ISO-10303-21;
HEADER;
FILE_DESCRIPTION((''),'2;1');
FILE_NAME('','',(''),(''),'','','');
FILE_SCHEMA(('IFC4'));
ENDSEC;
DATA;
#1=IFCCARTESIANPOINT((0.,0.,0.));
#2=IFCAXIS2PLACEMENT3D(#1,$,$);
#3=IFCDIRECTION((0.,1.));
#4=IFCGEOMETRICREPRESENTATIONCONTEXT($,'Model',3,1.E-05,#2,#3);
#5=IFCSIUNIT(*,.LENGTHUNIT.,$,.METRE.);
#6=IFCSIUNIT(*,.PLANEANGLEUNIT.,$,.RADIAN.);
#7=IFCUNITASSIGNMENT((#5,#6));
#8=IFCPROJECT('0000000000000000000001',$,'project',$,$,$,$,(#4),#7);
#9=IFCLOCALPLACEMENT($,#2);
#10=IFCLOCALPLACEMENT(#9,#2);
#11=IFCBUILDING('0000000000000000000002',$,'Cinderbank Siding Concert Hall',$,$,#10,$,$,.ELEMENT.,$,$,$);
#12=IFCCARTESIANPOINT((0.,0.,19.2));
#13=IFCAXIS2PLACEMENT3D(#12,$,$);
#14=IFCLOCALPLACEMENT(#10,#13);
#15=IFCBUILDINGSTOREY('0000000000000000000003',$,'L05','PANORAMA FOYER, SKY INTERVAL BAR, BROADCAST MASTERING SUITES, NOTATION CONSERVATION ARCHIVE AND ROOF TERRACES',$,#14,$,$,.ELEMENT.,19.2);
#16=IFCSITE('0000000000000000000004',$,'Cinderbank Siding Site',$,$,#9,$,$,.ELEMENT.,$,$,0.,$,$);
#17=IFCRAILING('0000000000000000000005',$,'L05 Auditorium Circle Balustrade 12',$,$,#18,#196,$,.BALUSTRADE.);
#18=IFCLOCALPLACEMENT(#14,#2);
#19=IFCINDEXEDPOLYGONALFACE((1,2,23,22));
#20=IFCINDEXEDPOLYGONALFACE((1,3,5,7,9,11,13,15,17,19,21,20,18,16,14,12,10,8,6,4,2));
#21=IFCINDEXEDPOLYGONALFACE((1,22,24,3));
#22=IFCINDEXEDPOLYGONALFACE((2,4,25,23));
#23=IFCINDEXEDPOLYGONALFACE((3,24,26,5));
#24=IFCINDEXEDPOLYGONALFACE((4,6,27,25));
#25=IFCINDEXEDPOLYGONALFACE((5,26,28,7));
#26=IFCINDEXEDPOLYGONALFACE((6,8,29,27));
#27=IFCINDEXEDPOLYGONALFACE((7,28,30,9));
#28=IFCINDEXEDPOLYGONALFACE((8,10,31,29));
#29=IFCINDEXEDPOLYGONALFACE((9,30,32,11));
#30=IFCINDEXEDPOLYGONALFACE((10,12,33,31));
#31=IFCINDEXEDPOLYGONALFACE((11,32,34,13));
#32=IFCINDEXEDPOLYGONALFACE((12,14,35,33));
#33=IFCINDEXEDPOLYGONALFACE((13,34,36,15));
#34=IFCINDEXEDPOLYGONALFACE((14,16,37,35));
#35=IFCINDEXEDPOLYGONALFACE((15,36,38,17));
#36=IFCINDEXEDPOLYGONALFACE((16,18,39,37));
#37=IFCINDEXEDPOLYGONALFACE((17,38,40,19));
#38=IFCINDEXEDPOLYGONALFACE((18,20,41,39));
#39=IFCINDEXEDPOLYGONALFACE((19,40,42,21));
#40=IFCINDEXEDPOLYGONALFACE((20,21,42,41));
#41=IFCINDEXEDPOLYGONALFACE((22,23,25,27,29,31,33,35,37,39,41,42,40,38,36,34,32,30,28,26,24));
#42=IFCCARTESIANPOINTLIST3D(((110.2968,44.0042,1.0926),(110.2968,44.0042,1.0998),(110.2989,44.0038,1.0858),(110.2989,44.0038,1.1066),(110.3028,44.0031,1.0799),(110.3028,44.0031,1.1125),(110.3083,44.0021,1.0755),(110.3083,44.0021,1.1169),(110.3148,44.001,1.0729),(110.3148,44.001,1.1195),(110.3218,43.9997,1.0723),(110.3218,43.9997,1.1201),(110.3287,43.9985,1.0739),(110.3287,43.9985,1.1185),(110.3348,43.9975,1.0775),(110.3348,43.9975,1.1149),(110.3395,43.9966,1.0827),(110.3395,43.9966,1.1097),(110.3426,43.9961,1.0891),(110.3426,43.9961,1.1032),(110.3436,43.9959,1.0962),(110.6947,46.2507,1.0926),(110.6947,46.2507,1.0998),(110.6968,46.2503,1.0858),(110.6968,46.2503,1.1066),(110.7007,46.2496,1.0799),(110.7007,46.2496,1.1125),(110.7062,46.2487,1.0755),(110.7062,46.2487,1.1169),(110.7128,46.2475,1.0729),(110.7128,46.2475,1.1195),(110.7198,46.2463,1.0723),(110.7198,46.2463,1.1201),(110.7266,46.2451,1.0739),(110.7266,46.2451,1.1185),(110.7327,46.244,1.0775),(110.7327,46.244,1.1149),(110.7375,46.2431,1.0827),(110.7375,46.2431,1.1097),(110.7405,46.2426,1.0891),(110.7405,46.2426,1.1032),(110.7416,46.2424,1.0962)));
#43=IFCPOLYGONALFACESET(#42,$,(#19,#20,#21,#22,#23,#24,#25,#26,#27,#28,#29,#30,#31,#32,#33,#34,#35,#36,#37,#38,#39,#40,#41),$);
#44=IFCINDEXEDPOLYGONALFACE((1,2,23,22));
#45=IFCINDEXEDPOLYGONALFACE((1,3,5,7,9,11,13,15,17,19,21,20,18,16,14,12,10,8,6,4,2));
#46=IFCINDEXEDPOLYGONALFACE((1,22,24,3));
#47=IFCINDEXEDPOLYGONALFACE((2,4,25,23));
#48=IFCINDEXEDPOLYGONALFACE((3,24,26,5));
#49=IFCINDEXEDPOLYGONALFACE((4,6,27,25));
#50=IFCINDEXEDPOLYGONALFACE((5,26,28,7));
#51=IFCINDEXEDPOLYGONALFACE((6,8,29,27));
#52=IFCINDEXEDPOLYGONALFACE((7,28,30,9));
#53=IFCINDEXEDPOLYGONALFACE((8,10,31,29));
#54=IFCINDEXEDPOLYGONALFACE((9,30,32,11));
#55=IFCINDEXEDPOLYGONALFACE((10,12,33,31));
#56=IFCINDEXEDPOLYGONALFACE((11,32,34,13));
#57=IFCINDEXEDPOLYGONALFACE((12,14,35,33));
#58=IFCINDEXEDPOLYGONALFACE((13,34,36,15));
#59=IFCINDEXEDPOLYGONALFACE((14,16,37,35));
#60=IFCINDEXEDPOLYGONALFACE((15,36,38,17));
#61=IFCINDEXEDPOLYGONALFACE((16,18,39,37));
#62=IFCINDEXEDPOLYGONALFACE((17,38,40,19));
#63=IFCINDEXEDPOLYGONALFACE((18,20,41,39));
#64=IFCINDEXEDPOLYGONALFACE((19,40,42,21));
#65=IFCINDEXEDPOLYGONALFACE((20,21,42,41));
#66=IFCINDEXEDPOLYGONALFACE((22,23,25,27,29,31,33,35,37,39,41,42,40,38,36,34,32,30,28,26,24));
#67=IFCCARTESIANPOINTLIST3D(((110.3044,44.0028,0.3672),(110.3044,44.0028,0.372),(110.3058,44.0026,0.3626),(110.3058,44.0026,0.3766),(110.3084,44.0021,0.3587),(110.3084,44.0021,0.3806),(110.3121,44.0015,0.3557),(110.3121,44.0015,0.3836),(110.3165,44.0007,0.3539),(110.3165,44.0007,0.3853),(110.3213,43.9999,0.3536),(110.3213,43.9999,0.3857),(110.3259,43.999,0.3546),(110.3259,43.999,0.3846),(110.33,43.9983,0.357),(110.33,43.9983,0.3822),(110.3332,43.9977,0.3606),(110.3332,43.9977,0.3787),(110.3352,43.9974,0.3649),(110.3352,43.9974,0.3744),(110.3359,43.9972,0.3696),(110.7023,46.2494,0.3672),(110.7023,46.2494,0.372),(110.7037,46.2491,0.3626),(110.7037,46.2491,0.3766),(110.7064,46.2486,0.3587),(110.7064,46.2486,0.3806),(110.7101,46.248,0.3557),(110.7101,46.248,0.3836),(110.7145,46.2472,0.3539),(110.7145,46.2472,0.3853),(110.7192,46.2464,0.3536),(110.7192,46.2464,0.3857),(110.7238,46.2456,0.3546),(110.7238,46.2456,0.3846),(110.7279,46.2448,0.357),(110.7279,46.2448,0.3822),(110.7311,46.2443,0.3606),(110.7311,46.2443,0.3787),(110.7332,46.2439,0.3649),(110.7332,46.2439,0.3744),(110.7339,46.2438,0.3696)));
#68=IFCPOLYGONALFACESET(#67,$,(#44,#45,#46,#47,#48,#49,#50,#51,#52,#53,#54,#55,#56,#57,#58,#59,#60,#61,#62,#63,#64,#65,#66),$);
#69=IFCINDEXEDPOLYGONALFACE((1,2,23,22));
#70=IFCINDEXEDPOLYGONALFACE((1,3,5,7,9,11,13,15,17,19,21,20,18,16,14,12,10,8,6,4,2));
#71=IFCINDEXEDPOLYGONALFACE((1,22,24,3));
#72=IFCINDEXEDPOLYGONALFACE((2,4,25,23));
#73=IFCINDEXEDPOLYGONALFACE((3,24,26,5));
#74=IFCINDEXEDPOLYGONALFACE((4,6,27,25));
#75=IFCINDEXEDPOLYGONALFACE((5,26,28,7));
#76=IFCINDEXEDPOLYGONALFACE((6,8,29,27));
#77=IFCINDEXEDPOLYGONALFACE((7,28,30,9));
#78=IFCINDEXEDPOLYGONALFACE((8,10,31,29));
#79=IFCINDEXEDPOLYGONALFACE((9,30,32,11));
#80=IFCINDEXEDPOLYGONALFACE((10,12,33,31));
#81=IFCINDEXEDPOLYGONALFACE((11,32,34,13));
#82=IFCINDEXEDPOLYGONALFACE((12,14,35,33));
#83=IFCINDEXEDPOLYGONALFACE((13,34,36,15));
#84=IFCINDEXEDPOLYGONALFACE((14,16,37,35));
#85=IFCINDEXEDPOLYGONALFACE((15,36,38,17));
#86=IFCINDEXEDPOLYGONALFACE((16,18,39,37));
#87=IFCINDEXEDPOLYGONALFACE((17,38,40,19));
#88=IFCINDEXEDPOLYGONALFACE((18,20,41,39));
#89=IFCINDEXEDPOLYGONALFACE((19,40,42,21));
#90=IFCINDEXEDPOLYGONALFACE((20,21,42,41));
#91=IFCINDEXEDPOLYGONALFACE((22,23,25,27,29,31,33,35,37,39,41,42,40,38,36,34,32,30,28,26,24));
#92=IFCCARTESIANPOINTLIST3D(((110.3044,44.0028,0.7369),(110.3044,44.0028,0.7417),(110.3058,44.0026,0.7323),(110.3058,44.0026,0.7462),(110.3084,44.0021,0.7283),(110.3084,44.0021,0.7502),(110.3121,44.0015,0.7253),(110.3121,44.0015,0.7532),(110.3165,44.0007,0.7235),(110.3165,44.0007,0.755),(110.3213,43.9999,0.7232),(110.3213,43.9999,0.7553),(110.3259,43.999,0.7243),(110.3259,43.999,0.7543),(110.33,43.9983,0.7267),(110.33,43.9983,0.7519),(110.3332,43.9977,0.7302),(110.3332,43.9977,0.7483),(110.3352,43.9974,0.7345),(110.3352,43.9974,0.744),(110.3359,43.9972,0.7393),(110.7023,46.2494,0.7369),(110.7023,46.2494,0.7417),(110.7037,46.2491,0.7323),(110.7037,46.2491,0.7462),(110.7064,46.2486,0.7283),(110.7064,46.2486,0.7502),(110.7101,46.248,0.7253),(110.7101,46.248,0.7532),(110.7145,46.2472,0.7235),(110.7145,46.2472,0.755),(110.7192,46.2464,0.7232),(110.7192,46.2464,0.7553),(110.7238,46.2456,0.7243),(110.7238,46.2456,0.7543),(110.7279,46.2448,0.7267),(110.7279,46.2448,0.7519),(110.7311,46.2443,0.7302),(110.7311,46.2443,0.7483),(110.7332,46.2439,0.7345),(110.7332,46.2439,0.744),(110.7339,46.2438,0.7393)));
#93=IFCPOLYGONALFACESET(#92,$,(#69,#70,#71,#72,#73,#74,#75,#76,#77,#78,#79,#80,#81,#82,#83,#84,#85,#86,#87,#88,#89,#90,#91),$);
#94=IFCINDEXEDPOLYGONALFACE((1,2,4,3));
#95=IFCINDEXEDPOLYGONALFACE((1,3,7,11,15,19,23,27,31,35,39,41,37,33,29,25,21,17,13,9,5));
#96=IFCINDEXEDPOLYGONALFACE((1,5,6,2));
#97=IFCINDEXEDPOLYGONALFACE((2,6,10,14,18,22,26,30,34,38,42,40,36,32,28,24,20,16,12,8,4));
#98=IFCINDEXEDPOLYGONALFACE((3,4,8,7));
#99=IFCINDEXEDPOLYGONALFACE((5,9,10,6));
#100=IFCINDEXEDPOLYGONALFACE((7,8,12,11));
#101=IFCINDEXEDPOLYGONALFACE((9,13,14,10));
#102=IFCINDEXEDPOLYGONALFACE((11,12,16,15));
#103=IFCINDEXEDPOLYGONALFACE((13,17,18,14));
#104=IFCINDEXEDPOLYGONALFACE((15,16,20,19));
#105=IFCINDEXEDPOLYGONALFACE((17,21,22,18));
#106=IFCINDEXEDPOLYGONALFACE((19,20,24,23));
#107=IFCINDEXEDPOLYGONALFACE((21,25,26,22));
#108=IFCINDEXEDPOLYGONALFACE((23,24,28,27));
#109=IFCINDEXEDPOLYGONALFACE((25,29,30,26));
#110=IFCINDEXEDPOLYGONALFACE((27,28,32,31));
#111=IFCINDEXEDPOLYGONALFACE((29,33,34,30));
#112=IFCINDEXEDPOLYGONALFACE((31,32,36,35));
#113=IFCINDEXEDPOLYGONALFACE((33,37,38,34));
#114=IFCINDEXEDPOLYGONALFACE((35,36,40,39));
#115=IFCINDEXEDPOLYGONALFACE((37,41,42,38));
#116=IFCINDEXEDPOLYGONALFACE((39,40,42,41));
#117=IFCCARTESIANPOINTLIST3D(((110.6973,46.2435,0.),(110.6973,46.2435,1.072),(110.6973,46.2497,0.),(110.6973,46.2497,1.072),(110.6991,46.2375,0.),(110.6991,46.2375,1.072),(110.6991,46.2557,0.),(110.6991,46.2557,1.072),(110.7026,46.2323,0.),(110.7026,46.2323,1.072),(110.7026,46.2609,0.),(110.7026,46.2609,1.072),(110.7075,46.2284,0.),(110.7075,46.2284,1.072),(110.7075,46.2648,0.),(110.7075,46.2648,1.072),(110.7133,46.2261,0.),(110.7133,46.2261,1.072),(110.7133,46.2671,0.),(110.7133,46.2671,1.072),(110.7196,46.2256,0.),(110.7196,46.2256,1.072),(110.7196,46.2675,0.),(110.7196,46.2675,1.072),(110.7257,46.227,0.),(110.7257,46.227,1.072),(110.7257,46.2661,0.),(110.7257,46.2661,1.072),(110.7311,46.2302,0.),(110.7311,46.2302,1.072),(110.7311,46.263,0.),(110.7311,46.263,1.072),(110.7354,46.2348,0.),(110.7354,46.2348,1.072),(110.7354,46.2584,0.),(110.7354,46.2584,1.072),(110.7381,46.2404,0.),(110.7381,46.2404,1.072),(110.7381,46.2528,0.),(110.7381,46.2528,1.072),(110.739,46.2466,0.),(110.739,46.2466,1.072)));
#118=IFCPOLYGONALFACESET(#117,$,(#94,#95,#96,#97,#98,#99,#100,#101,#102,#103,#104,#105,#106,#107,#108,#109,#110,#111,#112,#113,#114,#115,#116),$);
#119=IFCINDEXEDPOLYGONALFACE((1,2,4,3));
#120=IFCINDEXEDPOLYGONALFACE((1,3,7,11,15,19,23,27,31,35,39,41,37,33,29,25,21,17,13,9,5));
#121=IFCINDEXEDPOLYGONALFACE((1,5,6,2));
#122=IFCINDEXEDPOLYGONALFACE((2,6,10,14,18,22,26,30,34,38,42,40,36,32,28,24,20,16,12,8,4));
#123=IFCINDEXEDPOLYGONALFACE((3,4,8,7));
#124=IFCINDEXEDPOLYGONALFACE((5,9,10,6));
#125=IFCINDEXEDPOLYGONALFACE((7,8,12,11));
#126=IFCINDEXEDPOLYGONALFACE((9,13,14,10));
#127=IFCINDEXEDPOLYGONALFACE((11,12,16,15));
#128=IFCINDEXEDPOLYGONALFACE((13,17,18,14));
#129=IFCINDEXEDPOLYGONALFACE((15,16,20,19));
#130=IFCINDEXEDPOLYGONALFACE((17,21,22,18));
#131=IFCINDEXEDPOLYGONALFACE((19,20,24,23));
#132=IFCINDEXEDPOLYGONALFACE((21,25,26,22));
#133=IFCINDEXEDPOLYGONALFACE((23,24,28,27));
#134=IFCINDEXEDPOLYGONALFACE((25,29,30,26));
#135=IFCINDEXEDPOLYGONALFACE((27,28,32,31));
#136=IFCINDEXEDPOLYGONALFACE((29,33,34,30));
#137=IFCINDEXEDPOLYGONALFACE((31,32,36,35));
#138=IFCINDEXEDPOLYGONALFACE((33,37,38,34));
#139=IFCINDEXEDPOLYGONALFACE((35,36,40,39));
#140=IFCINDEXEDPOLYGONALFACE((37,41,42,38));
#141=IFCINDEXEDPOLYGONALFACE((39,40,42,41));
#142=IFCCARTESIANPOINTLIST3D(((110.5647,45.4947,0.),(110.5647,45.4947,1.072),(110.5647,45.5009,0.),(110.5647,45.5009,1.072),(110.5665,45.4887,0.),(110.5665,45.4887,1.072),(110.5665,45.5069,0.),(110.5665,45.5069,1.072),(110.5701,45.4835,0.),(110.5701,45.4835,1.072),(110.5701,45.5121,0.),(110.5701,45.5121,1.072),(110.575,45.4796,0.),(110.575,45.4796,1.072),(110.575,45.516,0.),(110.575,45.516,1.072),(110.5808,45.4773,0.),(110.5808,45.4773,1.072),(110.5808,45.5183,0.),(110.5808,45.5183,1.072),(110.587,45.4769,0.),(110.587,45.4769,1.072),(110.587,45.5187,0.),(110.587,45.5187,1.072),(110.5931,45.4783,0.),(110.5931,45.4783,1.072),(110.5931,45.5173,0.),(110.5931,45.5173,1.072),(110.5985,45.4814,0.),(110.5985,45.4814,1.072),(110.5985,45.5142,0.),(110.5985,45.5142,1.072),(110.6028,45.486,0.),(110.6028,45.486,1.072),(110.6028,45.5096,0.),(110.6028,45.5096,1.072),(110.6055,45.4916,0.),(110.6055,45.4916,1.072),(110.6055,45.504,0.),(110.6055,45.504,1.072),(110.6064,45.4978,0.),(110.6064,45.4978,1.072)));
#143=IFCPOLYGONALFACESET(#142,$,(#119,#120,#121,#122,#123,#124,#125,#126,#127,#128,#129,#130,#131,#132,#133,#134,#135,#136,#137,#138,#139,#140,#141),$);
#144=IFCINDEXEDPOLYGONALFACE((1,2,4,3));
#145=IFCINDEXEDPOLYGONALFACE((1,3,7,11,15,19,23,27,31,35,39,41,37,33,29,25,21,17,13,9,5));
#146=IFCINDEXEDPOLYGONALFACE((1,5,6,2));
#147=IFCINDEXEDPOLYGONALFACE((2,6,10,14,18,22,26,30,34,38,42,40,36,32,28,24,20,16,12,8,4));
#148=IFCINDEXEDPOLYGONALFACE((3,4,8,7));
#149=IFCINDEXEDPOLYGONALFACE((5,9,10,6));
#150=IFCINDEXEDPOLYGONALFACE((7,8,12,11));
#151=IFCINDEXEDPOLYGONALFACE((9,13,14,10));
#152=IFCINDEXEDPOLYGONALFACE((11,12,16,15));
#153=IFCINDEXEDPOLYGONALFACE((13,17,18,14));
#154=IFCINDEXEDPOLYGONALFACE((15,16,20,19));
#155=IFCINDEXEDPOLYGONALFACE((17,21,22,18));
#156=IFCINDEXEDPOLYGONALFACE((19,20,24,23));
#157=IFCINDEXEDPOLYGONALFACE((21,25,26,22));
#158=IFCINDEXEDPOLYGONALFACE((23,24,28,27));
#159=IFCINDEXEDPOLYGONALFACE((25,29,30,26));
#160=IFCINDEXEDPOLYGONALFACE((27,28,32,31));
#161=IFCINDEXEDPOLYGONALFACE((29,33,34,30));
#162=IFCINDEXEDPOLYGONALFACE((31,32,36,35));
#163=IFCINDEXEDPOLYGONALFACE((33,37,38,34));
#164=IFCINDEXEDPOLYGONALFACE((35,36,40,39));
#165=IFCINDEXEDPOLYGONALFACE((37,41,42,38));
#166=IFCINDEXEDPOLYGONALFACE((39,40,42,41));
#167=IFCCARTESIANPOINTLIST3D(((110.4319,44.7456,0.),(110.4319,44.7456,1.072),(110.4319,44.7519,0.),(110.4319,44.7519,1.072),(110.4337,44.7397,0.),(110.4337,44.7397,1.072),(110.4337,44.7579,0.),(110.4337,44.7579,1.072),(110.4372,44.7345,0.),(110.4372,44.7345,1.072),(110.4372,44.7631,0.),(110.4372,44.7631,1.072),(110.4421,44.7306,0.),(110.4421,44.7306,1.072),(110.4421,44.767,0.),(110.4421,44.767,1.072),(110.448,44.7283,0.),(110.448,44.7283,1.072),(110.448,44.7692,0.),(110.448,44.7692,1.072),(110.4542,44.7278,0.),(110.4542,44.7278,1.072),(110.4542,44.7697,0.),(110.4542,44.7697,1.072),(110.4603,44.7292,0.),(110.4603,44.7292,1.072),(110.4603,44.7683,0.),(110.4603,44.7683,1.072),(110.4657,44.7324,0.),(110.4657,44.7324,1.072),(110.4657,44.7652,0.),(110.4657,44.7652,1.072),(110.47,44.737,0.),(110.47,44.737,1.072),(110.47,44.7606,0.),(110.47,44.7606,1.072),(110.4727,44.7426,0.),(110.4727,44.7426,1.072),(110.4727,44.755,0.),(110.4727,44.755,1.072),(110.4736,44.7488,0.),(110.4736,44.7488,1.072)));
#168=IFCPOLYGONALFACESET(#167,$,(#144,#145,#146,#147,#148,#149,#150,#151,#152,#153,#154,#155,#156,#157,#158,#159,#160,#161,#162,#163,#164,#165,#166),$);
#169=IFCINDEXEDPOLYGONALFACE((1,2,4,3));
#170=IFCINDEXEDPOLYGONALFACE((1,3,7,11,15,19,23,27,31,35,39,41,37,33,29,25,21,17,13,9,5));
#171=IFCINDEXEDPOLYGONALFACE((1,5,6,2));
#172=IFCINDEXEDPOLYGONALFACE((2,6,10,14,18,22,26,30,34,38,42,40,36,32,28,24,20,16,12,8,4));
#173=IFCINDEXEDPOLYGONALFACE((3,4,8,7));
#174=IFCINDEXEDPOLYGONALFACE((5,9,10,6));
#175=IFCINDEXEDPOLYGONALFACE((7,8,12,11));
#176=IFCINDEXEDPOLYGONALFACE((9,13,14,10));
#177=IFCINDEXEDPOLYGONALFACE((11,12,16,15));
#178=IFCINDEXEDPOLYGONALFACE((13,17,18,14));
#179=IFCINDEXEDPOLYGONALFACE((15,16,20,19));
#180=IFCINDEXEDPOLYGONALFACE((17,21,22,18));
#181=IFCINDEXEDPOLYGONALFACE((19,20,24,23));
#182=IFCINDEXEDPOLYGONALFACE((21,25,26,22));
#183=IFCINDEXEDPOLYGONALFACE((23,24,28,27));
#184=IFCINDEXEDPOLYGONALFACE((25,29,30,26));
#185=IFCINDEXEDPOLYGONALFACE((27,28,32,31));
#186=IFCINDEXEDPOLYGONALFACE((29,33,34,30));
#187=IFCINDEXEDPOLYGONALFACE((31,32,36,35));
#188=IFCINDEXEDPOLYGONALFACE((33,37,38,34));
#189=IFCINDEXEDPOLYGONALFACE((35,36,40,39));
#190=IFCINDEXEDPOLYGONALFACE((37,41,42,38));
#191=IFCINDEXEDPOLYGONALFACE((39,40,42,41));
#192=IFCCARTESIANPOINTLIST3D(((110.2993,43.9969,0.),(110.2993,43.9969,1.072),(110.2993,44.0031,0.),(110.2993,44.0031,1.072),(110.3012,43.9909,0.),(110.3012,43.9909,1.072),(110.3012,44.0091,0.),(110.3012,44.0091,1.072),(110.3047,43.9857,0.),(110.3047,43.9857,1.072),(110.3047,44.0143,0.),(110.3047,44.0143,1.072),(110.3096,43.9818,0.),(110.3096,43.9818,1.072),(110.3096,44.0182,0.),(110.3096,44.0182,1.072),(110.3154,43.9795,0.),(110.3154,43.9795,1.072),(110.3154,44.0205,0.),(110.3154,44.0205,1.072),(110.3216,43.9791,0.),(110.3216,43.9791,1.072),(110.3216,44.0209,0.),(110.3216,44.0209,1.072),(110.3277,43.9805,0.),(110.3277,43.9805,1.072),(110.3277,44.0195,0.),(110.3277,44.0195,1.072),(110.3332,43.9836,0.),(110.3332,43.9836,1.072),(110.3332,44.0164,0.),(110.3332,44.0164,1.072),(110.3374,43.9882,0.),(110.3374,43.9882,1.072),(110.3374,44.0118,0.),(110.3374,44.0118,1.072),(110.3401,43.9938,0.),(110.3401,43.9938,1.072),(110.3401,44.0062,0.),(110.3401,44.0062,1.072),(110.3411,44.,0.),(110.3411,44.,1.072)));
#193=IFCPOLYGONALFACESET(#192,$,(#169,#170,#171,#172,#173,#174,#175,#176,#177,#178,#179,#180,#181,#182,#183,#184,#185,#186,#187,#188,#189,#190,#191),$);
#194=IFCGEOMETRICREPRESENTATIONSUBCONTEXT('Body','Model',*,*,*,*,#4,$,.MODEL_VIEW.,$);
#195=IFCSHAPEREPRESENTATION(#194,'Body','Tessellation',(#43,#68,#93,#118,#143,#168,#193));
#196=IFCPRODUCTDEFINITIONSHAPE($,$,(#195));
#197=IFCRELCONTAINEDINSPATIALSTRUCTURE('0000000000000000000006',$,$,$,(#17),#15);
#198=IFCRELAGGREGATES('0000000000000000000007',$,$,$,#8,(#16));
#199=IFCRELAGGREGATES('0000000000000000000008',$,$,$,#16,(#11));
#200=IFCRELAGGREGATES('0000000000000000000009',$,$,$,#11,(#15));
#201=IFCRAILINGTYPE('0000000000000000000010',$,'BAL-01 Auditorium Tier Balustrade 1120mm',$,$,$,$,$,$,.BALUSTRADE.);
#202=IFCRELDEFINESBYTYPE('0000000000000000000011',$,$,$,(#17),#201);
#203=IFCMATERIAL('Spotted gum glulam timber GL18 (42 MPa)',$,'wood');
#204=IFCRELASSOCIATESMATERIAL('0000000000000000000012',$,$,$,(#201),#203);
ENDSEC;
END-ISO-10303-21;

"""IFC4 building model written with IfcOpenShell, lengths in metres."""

from ifc_helpers import new_model, si_unit, direction, frame, origin, origin_2d, place, context, subcontext, project, spatial, circle, extrude, material, type_object, element, save


model = new_model("IFC4")

# Units and contexts
model_context = context("Model", 3, precision=1e-05, world=origin(), true_north=direction((0.0, 1.0)))
body_context = subcontext(model_context, "Body", "Model", "MODEL_VIEW")
ifc_project = project(units=[si_unit("LENGTHUNIT", "METRE"), si_unit("PLANEANGLEUNIT", "RADIAN")], contexts=[model_context])

# Site, building, storey
site_placement = place(None, origin())
site = spatial("IfcSite", under=ifc_project, at=site_placement, Name="Cinderbank Siding Site", CompositionType="ELEMENT", RefElevation=0.0)
building_placement = place(site_placement, origin())
building = spatial("IfcBuilding", under=site, at=building_placement, Name="Cinderbank Siding Concert Hall", CompositionType="ELEMENT")
storey_placement = place(building_placement, frame((0.0, 0.0, 19.2)))
storey = spatial("IfcBuildingStorey", under=building, at=storey_placement, Name="L05", Description="PANORAMA FOYER, SKY INTERVAL BAR, BROADCAST MASTERING SUITES, NOTATION CONSERVATION ARCHIVE AND ROOF TERRACES", CompositionType="ELEMENT", Elevation=19.2)

# Railing
ifc_material_1 = material(Name="Spotted gum glulam timber GL18 (42 MPa)", Category="wood")
railing_type = type_object("IfcRailingType", Name="BAL-01 Auditorium Tier Balustrade 1120mm", PredefinedType="BALUSTRADE", material=ifc_material_1)
railing_1_placement = place(storey_placement, frame((110.718, 46.2466, 0.0)))
element("IfcRailing", 1, at=railing_1_placement, inside=storey, type_object=railing_type, Name="L05 Auditorium Circle Balustrade 12", PredefinedType="BALUSTRADE", context=body_context, shape_type="SweptSolid", body=[
    extrude(circle(Radius=0.0239, at=origin_2d()), frame((0.0, 0.0, 1.0962), z_axis=(-0.17442, -0.984671, 0.0), x_axis=(0.984671, -0.17442, 0.0)), (0.0, 0.0, 1.0), 2.2815),
    extrude(circle(Radius=0.0161, at=origin_2d()), frame((0.0, 0.0, 0.3696), z_axis=(-0.17442, -0.984671, 0.0), x_axis=(0.984671, -0.17442, 0.0)), (0.0, 0.0, 1.0), 2.2815),
    extrude(circle(Radius=0.0161, at=origin_2d()), frame((0.0, 0.0, 0.7393), z_axis=(-0.17442, -0.984671, 0.0), x_axis=(0.984671, -0.17442, 0.0)), (0.0, 0.0, 1.0), 2.2815),
    extrude(circle(Radius=0.021, at=origin_2d()), origin(), (0.0, 0.0, 1.0), 1.072),
    extrude(circle(Radius=0.021, at=origin_2d()), frame((-0.1326, -0.7488, 0.0)), (0.0, 0.0, 1.0), 1.072),
    extrude(circle(Radius=0.021, at=origin_2d()), frame((-0.2654, -1.4978, 0.0)), (0.0, 0.0, 1.0), 1.072),
    extrude(circle(Radius=0.021, at=origin_2d()), frame((-0.3979, -2.2466, 0.0)), (0.0, 0.0, 1.0), 1.072),
])

save(model, "model.ifc")
